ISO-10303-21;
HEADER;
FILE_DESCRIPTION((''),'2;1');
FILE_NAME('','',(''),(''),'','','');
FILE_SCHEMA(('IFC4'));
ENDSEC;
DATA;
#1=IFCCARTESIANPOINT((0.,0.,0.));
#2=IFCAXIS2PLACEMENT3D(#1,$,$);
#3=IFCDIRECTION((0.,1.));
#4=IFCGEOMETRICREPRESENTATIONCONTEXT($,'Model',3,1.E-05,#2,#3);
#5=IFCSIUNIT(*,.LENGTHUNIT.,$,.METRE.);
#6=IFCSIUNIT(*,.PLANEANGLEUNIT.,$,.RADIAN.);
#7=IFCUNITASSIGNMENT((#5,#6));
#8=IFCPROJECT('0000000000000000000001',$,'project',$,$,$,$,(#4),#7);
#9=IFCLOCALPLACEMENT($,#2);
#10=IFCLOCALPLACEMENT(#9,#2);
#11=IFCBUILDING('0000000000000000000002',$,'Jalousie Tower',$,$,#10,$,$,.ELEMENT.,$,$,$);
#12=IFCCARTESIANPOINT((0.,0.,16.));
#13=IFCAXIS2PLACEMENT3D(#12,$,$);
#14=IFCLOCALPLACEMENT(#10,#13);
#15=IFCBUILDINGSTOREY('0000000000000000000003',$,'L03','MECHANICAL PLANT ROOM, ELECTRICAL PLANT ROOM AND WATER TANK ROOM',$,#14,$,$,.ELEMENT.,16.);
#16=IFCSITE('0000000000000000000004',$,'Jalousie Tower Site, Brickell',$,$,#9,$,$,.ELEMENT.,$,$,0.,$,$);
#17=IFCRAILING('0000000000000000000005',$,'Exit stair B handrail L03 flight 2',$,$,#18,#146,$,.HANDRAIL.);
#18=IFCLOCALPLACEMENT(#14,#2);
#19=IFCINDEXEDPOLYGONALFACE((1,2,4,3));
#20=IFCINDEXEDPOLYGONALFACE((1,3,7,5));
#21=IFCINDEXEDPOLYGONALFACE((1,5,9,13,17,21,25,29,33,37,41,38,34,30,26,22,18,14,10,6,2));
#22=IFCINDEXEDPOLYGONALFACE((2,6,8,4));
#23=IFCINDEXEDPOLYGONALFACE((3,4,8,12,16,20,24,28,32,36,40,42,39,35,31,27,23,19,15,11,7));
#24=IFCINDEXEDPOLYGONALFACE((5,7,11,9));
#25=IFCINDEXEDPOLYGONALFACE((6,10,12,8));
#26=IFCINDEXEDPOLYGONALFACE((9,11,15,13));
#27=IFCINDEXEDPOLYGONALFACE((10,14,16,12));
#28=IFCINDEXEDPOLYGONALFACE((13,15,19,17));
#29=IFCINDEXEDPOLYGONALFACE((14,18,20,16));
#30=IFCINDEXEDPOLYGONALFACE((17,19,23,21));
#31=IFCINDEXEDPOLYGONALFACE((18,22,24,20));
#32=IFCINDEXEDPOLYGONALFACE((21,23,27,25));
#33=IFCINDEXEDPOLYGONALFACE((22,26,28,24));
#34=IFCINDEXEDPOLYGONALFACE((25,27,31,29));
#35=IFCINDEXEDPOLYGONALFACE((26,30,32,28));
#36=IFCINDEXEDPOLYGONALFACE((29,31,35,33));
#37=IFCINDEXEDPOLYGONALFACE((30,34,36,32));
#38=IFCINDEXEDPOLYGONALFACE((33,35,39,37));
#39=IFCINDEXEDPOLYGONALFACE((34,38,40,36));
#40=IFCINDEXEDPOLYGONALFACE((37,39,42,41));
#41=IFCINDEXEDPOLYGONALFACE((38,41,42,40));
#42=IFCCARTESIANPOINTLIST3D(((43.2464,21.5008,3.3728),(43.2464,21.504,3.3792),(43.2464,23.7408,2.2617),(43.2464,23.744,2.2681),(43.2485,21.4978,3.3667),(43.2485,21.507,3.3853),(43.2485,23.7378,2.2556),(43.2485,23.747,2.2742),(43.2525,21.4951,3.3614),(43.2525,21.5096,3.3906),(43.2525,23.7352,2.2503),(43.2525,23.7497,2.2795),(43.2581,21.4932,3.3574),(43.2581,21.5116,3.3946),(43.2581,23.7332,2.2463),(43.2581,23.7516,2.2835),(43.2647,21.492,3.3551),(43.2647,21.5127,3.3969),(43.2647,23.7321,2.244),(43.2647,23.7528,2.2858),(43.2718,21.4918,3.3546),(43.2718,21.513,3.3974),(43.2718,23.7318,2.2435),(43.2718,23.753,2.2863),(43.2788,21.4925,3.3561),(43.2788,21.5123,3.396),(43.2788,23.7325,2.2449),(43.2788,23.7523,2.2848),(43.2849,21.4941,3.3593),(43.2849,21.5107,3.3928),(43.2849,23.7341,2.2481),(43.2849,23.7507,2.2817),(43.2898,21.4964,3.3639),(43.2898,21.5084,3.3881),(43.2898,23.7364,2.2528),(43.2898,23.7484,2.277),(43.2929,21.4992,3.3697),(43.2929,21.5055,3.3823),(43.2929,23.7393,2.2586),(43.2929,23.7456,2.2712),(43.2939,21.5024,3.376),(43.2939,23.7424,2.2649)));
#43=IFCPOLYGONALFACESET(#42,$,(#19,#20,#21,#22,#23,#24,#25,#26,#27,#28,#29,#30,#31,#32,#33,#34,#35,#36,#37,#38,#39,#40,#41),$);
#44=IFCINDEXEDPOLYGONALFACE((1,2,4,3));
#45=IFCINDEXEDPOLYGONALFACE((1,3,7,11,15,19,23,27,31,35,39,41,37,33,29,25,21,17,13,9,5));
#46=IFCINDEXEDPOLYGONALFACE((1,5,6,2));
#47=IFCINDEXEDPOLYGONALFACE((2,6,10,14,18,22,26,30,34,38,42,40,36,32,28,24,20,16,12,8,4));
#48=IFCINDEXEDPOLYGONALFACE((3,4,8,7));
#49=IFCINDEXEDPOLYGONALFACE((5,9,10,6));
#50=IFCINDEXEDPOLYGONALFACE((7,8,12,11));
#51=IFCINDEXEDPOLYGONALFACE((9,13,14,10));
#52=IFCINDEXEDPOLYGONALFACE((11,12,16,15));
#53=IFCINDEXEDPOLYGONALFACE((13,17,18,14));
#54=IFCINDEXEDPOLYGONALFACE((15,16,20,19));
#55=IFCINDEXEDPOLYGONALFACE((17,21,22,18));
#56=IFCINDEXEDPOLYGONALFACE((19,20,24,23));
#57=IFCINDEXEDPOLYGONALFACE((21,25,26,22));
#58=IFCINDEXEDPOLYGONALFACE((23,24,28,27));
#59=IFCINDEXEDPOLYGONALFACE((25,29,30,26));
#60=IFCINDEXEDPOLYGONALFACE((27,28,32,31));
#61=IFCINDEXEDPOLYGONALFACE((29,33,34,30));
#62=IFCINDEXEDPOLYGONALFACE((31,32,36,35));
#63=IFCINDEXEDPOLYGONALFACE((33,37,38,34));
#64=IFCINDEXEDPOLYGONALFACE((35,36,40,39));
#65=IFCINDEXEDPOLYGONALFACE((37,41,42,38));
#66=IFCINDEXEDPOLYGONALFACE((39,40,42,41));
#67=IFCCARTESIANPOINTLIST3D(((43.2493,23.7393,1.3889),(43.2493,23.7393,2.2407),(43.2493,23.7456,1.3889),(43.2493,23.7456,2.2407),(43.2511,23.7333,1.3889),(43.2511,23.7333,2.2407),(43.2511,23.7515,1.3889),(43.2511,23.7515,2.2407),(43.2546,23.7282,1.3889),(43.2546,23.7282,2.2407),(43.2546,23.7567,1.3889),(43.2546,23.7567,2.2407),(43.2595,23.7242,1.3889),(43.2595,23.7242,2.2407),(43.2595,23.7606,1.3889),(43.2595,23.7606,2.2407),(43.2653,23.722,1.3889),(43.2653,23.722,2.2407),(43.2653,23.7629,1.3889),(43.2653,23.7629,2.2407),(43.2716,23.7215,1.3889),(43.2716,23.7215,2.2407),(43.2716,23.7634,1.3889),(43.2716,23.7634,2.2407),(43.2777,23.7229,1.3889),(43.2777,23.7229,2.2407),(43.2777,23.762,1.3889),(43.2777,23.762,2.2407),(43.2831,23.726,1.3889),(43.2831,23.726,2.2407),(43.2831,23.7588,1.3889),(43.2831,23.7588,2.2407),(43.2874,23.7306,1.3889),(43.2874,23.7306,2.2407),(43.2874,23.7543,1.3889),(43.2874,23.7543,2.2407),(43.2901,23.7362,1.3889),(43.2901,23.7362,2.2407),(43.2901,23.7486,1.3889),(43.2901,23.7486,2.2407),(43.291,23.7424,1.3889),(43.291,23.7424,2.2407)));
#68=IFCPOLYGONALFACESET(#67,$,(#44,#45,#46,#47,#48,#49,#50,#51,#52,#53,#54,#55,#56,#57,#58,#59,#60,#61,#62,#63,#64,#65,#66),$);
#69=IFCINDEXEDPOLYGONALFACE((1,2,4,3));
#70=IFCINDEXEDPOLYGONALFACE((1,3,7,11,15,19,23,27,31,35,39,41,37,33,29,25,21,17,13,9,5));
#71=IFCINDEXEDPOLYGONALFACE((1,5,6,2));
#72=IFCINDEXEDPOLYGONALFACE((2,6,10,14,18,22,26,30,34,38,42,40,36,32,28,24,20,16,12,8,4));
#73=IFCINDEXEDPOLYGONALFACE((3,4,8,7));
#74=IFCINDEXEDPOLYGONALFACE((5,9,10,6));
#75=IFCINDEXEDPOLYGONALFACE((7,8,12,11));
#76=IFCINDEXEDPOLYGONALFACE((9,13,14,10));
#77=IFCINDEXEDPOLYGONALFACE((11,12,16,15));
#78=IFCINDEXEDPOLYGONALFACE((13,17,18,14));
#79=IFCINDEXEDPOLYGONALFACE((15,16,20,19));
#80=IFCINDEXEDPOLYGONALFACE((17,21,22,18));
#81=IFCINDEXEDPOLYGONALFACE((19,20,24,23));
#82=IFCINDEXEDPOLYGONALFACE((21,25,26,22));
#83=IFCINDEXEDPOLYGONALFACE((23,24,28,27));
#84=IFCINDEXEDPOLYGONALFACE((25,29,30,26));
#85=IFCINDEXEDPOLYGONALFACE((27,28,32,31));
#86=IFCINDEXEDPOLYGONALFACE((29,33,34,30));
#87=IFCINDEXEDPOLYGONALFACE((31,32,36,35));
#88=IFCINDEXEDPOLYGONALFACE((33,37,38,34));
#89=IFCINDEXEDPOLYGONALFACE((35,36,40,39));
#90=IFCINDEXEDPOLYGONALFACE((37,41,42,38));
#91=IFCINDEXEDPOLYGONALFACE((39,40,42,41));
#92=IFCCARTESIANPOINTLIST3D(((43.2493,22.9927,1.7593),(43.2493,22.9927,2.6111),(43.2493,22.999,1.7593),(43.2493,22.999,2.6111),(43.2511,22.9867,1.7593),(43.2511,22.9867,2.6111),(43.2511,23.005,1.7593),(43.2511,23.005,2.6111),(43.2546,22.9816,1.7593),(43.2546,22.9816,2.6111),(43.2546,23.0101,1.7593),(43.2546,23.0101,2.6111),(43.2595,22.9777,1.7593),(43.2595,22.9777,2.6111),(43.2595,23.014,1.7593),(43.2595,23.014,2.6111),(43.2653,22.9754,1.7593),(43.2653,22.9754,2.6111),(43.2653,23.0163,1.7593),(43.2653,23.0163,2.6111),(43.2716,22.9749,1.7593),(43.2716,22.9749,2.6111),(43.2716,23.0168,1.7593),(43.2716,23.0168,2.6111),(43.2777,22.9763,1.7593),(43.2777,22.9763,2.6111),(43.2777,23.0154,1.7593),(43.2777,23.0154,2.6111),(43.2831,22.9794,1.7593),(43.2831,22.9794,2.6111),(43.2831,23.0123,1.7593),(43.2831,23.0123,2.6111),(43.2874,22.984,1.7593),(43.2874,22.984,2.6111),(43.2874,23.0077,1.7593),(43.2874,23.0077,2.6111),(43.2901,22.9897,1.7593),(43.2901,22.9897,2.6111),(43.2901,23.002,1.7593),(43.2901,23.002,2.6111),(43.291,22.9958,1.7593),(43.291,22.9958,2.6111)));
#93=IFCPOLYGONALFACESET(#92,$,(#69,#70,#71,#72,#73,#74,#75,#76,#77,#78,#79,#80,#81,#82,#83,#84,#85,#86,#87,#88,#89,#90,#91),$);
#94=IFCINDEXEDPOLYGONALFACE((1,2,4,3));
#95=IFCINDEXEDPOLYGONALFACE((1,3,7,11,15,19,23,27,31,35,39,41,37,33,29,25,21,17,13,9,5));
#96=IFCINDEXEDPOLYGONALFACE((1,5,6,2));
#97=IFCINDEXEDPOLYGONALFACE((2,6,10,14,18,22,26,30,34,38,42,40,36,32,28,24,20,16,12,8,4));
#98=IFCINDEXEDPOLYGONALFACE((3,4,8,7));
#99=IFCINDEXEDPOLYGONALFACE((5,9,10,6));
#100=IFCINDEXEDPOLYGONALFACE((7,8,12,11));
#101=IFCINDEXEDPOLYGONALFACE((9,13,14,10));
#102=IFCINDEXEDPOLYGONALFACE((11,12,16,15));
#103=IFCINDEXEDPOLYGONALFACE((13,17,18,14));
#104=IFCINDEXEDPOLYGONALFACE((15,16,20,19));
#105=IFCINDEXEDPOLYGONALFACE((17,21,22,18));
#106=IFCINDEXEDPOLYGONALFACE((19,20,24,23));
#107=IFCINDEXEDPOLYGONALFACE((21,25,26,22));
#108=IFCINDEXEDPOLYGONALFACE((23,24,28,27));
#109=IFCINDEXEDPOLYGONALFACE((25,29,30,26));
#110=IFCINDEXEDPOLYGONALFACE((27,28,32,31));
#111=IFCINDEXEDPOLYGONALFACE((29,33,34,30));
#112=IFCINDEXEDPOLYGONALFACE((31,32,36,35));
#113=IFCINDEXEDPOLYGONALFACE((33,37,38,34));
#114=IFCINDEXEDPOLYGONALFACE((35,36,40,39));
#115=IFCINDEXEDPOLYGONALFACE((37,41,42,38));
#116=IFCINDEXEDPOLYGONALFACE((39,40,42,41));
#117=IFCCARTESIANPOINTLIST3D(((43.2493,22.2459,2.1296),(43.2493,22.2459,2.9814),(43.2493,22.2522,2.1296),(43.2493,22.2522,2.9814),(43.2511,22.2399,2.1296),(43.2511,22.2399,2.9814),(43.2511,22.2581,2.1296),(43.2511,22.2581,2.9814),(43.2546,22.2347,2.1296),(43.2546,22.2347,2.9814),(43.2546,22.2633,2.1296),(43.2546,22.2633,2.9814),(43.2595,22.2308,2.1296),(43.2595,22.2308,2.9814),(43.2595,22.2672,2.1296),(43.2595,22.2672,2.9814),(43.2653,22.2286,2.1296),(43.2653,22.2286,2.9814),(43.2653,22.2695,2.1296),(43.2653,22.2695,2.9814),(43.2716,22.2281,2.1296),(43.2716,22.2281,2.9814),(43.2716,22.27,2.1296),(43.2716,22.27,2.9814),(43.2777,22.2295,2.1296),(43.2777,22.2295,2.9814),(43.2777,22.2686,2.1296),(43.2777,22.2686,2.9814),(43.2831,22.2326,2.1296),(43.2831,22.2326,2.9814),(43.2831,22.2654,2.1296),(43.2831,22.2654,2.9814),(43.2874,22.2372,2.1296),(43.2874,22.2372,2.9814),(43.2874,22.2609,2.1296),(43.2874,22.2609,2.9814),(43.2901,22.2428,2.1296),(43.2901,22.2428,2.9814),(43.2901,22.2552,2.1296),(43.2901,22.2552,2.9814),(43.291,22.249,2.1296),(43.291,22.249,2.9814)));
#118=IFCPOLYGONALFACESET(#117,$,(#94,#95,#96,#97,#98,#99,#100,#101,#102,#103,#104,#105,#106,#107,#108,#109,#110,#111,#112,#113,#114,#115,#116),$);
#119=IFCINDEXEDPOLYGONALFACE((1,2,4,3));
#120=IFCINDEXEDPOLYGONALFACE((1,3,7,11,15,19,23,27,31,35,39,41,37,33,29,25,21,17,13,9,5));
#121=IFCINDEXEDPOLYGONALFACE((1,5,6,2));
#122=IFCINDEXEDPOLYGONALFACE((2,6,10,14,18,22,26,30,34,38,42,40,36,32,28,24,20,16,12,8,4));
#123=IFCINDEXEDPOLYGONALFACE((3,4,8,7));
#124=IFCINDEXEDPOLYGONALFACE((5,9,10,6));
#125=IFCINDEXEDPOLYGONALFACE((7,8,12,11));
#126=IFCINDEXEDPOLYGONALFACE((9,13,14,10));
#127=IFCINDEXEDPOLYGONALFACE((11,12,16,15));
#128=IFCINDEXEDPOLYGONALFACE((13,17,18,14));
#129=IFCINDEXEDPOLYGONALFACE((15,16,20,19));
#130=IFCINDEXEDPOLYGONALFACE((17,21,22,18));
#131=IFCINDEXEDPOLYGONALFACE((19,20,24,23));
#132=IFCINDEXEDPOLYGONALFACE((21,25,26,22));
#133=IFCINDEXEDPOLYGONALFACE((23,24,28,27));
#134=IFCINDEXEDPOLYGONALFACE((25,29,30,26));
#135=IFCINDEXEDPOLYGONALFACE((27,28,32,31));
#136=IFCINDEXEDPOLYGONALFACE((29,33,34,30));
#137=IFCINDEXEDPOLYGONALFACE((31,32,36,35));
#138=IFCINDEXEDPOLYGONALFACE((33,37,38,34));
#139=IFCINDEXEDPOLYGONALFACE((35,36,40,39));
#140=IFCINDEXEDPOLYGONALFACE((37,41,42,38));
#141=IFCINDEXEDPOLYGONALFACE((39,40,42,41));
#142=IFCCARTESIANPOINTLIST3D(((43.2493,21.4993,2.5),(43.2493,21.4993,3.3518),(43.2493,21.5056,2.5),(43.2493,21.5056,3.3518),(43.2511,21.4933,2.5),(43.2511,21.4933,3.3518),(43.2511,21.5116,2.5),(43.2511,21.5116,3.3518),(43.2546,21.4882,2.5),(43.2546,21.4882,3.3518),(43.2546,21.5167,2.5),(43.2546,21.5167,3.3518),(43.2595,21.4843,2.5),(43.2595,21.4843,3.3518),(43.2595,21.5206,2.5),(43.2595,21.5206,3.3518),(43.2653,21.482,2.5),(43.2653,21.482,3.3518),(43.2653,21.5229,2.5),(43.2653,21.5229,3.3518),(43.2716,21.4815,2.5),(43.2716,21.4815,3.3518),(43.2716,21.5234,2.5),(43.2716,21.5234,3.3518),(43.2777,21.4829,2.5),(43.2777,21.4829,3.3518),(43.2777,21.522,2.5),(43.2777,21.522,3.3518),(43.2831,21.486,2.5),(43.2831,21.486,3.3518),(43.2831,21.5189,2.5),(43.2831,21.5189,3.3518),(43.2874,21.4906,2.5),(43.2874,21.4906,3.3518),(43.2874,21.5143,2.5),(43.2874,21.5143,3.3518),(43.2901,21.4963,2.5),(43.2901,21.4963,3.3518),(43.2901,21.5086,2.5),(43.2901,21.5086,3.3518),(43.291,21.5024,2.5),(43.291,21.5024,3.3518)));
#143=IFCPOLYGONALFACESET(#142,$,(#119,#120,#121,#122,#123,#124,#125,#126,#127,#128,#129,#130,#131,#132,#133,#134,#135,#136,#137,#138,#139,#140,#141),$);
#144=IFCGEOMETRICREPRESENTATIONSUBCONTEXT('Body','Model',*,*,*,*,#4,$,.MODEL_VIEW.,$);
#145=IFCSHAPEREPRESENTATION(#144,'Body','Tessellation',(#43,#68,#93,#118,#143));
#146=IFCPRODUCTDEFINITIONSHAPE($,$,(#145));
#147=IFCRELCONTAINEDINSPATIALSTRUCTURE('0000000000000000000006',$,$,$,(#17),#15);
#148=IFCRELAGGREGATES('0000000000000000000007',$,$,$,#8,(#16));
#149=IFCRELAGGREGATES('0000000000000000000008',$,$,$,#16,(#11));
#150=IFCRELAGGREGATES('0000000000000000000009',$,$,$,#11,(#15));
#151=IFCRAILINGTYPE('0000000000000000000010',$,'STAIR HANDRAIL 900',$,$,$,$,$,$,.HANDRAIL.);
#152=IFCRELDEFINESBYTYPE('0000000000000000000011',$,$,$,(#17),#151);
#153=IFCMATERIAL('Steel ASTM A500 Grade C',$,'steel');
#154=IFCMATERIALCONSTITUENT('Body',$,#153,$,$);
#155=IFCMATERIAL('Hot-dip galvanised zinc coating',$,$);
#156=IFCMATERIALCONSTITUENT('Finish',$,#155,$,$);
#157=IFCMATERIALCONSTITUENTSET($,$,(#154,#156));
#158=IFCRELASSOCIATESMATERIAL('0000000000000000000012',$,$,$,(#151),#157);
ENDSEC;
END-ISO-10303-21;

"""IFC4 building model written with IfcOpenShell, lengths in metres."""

from ifc_helpers import new_model, si_unit, direction, frame, origin, origin_2d, place, context, subcontext, project, spatial, circle, extrude, material, constituent, constituent_set, type_object, element, save


model = new_model("IFC4")

# Units and contexts
model_context = context("Model", 3, precision=1e-05, world=origin(), true_north=direction((0.0, 1.0)))
body_context = subcontext(model_context, "Body", "Model", "MODEL_VIEW")
ifc_project = project(units=[si_unit("LENGTHUNIT", "METRE"), si_unit("PLANEANGLEUNIT", "RADIAN")], contexts=[model_context])

# Site, building, storey
site_placement = place(None, origin())
site = spatial("IfcSite", under=ifc_project, at=site_placement, Name="Jalousie Tower Site, Brickell", CompositionType="ELEMENT", RefElevation=0.0)
building_placement = place(site_placement, origin())
building = spatial("IfcBuilding", under=site, at=building_placement, Name="Jalousie Tower", CompositionType="ELEMENT")
storey_placement = place(building_placement, frame((0.0, 0.0, 16.0)))
storey = spatial("IfcBuildingStorey", under=building, at=storey_placement, Name="L03", Description="MECHANICAL PLANT ROOM, ELECTRICAL PLANT ROOM AND WATER TANK ROOM", CompositionType="ELEMENT", Elevation=16.0)

# Railing
ifc_material_1 = material(Name="Steel ASTM A500 Grade C", Category="steel")
ifc_constituent_1 = constituent(ifc_material_1, Name="Body")
ifc_material_2 = material(Name="Hot-dip galvanised zinc coating")
ifc_constituent_2 = constituent(ifc_material_2, Name="Finish")
ifc_constituent_set_1 = constituent_set(constituents=[ifc_constituent_1, ifc_constituent_2])
railing_type_1 = type_object("IfcRailingType", Name="STAIR HANDRAIL 900", PredefinedType="HANDRAIL", material=ifc_constituent_set_1)
for number, where, name in (
    (1, (43.27, 23.7424, 1.3889), "Exit stair B handrail L03 flight 2"),
):
    element("IfcRailing", number, at=place(storey_placement, frame(where)), inside=storey, type_object=railing_type_1, Name=name, PredefinedType="HANDRAIL", context=body_context, shape_type="SweptSolid", body=[
        extrude(circle(Radius=0.0239, at=origin_2d()), frame((0.0, 0.0, 0.876), z_axis=(0.0, -0.895848, 0.44436), x_axis=(1.0, 0.0, 0.0)), (0.0, 0.0, 1.0), 2.5005),
        extrude(circle(Radius=0.021, at=origin_2d()), origin(), (0.0, 0.0, 1.0), 0.8518),
        extrude(circle(Radius=0.021, at=origin_2d()), frame((0.0, -0.7466, 0.3704)), (0.0, 0.0, 1.0), 0.8518),
        extrude(circle(Radius=0.021, at=origin_2d()), frame((0.0, -1.4934, 0.7407)), (0.0, 0.0, 1.0), 0.8518),
        extrude(circle(Radius=0.021, at=origin_2d()), frame((0.0, -2.24, 1.1111)), (0.0, 0.0, 1.0), 0.8518),
    ])

save(model, "model.ifc")
